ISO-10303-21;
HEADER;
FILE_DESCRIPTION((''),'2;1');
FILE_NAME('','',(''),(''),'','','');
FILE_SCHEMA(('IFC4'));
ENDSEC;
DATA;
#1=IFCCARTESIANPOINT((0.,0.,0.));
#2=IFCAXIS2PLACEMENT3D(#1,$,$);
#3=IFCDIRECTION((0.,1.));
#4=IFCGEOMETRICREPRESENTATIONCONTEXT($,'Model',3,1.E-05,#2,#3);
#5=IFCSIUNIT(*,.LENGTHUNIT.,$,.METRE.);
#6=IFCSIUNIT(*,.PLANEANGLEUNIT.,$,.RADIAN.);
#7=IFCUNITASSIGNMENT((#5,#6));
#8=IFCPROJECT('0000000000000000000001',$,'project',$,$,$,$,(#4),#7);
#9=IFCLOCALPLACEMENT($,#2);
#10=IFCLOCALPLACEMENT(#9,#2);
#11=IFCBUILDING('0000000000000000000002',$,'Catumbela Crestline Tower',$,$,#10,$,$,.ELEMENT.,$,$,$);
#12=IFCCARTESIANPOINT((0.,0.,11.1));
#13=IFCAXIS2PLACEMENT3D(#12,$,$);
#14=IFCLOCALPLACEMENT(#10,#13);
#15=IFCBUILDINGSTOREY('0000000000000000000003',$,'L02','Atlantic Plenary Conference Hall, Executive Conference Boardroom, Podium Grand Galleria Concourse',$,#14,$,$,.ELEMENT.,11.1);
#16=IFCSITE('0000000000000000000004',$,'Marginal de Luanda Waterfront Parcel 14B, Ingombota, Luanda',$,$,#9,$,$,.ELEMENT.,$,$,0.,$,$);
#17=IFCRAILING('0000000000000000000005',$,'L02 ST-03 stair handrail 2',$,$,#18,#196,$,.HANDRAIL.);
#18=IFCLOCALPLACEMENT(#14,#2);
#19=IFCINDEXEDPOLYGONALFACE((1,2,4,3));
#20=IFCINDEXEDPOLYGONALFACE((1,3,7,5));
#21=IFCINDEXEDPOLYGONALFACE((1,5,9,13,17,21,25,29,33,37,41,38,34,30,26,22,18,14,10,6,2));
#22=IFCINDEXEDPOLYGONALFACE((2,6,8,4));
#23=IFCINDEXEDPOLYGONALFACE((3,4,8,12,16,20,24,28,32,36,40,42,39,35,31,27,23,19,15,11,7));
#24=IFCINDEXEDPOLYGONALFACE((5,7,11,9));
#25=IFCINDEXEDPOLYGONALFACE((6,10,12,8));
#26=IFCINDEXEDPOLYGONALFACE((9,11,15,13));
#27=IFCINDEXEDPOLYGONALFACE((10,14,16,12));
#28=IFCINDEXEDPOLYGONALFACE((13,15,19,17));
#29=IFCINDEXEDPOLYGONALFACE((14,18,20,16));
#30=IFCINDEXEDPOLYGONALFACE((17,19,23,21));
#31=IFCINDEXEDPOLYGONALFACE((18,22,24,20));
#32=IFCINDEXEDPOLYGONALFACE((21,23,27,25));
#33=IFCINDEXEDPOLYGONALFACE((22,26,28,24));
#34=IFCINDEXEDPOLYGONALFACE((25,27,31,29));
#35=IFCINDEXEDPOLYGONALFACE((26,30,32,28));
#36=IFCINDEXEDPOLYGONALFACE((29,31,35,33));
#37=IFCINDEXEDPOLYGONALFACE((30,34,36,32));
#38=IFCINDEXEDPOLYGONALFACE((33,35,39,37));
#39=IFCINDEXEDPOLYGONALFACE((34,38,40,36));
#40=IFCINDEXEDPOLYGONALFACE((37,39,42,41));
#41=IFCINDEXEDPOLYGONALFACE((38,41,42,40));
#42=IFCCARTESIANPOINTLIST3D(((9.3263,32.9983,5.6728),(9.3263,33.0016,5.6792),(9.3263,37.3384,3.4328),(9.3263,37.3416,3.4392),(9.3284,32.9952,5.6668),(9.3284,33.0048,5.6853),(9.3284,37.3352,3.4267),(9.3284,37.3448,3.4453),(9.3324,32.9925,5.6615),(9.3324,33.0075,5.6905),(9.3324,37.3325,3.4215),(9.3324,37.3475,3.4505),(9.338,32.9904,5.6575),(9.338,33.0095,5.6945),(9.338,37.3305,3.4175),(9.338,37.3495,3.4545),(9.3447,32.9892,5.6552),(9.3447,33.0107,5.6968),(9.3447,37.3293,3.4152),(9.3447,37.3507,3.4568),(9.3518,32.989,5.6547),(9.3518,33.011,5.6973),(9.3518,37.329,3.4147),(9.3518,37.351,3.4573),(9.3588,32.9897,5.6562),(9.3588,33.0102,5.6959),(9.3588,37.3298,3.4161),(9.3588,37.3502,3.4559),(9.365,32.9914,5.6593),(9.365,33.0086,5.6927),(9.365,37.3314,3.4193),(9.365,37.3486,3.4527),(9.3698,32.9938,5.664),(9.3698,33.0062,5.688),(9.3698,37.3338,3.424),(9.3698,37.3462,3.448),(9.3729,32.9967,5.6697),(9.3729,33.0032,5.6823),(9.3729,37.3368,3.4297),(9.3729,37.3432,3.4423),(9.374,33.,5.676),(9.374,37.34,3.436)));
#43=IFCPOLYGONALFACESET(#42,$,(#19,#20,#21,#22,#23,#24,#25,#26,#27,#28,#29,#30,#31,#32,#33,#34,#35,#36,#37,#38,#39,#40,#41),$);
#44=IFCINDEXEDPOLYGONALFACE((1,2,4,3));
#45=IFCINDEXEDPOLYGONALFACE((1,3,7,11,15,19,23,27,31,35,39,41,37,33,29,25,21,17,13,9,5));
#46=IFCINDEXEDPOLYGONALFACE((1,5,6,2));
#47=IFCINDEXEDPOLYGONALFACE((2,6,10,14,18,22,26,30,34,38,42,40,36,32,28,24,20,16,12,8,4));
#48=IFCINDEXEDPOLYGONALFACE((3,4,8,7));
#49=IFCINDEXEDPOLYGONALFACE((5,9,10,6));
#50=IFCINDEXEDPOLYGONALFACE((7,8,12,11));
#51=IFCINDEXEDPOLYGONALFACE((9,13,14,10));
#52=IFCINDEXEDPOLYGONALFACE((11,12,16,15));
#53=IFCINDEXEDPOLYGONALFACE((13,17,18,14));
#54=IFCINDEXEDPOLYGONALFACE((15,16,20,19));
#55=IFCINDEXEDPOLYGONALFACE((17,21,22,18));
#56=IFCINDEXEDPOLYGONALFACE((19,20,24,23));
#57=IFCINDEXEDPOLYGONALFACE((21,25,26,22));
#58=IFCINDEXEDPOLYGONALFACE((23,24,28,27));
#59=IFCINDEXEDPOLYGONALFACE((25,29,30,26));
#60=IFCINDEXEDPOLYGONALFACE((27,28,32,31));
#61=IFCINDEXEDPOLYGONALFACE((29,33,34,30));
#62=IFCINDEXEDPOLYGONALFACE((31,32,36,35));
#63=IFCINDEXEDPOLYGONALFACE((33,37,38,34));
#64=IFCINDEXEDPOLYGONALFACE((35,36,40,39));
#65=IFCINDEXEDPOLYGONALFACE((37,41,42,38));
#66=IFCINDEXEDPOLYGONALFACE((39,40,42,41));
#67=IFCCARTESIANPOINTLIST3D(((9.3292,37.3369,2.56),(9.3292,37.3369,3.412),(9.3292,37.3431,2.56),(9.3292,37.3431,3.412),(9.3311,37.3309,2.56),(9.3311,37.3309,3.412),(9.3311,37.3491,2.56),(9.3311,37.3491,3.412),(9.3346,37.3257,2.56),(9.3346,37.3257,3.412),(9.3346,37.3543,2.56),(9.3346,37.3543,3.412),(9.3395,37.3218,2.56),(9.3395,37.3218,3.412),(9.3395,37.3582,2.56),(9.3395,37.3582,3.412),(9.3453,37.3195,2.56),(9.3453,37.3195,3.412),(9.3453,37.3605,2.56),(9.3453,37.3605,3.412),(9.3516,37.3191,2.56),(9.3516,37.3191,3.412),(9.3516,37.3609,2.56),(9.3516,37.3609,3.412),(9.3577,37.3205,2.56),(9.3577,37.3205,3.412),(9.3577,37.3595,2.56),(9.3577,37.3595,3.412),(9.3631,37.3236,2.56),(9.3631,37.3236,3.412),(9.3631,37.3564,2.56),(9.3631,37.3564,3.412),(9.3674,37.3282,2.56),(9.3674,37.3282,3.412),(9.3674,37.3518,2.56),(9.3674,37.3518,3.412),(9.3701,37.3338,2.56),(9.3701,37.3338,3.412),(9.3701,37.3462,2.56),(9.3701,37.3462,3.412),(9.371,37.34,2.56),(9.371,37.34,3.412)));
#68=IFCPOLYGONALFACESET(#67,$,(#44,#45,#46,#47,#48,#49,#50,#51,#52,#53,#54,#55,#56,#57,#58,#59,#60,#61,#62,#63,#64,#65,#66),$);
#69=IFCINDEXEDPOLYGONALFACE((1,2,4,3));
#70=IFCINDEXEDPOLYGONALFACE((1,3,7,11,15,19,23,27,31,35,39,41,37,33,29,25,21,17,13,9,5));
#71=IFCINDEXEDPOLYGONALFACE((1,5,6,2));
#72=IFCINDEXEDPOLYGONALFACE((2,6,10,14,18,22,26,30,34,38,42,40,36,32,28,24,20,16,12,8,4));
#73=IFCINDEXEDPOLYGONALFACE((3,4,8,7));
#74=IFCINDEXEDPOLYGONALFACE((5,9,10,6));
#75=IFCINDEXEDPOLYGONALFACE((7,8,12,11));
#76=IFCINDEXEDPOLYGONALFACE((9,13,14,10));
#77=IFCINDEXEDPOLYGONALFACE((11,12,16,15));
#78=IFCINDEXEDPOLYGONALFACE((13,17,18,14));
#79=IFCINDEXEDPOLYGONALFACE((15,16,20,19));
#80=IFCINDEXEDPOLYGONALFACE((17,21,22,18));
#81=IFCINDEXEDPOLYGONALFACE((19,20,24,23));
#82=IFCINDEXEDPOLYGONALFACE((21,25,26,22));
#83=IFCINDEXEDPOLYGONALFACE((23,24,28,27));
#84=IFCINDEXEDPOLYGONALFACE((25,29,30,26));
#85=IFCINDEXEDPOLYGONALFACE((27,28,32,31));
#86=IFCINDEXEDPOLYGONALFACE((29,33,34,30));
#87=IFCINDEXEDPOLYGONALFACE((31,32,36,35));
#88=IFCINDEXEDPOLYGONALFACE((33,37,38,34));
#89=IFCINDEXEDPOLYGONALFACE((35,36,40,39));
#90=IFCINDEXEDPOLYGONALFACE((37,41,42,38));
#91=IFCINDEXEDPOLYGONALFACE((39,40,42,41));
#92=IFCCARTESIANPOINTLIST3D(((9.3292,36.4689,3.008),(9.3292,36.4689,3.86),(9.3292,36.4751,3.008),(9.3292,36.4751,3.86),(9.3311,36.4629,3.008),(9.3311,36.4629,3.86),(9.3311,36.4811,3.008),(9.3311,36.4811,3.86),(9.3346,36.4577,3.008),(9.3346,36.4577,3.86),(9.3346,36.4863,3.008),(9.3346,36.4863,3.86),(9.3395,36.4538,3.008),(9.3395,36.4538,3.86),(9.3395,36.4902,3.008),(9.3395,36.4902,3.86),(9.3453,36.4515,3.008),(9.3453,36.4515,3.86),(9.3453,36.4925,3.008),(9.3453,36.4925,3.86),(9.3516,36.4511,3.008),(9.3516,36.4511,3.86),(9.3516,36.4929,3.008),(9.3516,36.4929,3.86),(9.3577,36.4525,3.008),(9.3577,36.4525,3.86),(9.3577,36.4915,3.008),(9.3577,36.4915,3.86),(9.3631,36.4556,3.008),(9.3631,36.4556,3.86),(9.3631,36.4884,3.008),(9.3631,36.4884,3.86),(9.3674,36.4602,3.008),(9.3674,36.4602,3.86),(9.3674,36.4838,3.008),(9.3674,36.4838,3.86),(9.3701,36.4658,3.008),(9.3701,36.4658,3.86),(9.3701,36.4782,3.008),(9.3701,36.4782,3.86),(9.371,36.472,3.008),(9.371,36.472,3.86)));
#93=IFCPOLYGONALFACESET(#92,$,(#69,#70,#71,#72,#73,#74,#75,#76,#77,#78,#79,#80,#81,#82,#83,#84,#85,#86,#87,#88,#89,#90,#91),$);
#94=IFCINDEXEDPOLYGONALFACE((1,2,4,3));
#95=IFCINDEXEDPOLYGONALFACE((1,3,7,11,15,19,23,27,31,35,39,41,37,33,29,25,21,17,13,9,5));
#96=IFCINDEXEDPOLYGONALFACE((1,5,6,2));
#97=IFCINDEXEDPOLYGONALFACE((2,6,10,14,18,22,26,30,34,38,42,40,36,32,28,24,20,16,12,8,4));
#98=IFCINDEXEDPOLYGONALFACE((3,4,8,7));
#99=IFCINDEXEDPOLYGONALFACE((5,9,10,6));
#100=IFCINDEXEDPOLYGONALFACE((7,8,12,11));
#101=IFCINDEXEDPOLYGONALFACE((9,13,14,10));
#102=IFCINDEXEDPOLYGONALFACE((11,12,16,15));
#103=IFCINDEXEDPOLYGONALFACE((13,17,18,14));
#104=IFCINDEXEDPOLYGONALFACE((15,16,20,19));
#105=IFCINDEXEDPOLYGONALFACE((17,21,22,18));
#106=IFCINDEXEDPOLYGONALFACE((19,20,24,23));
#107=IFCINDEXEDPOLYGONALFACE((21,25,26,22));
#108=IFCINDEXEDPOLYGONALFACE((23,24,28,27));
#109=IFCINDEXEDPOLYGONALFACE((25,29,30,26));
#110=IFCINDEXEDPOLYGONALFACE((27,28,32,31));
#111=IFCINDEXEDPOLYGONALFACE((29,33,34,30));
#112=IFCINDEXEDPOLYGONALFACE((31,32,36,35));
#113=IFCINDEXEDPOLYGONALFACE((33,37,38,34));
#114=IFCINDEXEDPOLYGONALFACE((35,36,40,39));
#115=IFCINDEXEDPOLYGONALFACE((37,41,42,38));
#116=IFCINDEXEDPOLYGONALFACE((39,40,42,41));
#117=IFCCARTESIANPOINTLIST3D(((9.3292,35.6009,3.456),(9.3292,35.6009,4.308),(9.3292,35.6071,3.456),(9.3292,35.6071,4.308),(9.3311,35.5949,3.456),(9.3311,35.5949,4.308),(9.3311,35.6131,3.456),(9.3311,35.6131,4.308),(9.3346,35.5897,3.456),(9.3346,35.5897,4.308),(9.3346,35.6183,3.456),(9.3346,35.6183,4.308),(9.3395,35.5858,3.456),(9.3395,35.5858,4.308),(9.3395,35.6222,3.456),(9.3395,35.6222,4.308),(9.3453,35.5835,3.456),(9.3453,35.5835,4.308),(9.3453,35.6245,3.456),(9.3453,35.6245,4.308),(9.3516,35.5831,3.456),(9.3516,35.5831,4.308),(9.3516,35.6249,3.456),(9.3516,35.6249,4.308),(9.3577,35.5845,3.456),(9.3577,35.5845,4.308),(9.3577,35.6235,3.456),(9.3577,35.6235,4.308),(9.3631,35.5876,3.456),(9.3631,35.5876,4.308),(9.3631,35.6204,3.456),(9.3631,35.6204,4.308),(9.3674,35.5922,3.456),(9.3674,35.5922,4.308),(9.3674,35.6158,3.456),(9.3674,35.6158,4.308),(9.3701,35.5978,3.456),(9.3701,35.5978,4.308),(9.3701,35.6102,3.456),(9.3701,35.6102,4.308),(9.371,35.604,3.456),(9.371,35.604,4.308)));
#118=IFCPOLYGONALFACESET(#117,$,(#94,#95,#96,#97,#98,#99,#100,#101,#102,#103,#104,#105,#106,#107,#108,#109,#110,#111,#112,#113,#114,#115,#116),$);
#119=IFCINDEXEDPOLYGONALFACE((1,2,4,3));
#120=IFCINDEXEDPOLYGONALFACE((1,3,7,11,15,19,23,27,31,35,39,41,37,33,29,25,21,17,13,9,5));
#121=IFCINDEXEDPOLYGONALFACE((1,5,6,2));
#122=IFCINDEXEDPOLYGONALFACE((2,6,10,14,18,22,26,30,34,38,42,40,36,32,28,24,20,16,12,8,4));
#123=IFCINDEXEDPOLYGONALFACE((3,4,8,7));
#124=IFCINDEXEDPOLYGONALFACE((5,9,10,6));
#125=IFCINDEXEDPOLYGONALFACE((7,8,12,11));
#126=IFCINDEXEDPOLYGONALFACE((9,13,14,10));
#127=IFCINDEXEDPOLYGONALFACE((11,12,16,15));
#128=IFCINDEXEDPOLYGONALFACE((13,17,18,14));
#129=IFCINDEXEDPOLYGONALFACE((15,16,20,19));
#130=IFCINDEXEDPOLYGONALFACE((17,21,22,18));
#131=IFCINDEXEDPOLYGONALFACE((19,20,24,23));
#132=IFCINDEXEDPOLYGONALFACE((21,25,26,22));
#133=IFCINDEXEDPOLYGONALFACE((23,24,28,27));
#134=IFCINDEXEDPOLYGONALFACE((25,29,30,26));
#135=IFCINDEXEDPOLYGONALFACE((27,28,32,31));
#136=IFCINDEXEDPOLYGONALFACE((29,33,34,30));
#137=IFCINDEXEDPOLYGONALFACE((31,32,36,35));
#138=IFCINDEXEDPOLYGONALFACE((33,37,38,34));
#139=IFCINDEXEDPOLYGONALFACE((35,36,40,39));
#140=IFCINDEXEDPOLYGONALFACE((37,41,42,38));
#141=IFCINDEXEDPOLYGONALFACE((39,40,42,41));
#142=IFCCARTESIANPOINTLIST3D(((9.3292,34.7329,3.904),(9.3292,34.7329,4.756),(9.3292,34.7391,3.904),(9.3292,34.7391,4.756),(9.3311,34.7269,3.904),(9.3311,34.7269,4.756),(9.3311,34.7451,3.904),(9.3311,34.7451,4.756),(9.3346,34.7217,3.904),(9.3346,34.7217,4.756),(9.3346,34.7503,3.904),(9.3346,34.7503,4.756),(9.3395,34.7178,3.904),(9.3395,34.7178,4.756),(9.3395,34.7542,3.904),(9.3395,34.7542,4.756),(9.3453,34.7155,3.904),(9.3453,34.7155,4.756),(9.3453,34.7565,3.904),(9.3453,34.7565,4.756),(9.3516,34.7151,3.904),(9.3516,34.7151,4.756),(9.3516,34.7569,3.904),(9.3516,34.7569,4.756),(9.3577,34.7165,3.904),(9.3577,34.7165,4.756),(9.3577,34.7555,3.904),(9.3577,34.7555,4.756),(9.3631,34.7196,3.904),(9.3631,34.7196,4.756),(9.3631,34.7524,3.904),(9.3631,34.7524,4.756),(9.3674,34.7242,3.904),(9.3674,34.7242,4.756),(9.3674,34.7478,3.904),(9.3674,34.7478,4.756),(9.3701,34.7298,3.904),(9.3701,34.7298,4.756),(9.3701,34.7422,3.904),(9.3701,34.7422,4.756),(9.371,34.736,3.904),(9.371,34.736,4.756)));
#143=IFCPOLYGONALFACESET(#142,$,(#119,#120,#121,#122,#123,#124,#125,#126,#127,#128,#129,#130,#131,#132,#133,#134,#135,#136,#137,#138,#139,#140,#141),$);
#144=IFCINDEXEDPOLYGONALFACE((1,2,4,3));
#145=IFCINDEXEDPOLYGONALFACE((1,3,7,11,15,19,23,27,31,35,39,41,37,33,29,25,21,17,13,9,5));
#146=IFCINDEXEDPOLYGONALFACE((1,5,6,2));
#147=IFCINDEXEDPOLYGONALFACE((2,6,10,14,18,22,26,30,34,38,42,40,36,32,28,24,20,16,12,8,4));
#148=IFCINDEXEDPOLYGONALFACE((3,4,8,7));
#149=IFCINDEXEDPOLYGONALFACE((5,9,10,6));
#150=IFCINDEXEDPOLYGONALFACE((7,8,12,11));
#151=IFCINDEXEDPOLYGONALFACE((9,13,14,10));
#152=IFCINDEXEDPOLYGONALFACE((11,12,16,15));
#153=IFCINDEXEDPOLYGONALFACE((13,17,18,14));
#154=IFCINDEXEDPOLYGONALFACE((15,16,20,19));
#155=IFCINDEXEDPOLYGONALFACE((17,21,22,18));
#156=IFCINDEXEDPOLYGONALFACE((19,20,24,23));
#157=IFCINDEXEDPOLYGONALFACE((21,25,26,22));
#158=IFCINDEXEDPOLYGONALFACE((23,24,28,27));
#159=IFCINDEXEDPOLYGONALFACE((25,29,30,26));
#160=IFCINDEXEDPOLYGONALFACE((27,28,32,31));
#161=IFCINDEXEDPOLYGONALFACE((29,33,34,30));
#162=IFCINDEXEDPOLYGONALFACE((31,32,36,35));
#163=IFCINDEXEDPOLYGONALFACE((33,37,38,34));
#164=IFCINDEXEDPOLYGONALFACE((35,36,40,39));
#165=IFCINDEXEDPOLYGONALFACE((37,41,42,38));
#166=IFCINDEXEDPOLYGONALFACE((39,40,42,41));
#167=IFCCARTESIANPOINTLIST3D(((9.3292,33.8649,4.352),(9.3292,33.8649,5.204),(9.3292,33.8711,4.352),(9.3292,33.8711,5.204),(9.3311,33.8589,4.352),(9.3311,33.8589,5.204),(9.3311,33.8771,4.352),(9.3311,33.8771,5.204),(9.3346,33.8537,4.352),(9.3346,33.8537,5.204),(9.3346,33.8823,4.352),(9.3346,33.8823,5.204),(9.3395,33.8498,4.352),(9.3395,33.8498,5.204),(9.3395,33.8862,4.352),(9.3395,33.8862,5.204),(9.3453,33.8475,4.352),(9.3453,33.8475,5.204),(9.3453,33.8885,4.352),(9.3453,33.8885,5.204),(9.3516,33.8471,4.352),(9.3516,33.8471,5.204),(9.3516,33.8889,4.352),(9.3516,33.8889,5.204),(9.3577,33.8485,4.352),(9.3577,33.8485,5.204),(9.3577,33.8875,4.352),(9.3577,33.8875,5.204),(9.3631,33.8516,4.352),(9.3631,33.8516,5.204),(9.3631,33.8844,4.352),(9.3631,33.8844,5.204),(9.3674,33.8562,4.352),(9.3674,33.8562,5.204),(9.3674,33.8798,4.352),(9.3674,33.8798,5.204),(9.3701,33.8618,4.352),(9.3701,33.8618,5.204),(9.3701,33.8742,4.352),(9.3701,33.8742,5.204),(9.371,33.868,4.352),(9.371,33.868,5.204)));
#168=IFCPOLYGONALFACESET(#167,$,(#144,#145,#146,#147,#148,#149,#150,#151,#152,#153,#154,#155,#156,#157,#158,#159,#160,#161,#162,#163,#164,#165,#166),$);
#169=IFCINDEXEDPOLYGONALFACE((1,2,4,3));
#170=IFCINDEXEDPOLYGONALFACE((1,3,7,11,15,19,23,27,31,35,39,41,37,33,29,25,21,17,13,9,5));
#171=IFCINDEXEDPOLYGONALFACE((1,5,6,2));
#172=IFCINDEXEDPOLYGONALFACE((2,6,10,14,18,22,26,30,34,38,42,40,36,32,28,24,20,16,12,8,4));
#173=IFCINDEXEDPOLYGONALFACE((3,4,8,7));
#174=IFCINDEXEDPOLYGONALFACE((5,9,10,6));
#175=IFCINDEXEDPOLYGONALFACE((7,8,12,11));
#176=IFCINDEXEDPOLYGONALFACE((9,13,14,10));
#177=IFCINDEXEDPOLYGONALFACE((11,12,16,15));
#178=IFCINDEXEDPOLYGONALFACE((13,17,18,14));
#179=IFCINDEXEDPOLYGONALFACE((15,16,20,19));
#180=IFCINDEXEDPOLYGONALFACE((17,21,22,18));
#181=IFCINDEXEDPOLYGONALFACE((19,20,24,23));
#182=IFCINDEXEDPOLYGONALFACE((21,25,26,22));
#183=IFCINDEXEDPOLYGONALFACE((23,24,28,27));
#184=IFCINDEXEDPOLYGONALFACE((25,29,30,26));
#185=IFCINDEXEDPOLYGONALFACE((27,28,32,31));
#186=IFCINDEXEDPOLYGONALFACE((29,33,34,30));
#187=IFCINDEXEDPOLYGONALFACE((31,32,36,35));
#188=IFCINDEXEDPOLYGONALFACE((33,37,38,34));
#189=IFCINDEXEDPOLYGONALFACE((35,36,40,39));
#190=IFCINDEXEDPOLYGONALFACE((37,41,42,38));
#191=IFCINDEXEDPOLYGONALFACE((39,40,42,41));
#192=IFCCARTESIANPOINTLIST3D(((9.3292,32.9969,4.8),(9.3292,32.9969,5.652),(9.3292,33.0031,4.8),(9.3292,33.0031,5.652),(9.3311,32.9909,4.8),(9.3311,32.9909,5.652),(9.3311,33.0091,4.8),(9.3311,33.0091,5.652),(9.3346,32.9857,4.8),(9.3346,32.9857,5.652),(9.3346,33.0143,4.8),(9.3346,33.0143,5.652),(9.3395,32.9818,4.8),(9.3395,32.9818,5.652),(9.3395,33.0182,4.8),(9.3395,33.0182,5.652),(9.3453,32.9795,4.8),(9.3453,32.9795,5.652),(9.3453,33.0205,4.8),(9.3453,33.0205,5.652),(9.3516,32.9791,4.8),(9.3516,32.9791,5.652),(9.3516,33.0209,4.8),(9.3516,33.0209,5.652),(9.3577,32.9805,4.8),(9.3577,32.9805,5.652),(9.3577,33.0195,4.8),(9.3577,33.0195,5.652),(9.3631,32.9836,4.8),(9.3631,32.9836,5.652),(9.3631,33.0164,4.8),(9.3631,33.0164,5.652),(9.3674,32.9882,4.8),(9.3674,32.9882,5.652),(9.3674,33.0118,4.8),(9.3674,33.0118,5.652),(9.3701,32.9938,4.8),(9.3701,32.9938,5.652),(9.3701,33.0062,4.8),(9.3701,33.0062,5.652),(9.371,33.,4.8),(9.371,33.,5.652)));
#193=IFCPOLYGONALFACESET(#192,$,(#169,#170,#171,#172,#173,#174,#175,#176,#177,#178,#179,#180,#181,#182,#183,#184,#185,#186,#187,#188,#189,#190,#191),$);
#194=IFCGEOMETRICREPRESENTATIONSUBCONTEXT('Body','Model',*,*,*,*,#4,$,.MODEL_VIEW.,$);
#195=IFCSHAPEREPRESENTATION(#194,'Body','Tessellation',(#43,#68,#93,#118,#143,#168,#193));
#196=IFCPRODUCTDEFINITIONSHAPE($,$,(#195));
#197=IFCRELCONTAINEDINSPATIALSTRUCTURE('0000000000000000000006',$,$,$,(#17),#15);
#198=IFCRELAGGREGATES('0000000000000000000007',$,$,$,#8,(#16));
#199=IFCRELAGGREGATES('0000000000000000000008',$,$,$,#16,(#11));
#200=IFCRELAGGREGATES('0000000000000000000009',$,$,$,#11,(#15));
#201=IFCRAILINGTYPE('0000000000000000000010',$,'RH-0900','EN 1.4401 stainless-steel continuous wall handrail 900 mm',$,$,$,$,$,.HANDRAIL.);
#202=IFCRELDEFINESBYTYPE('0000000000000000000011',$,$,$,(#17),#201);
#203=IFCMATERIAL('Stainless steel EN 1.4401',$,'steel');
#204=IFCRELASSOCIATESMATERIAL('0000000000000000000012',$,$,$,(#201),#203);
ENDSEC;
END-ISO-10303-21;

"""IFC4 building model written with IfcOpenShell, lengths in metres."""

from ifc_helpers import new_model, si_unit, direction, frame, origin, origin_2d, place, context, subcontext, project, spatial, circle, extrude, material, type_object, element, save


model = new_model("IFC4")

# Units and contexts
model_context = context("Model", 3, precision=1e-05, world=origin(), true_north=direction((0.0, 1.0)))
body_context = subcontext(model_context, "Body", "Model", "MODEL_VIEW")
ifc_project = project(units=[si_unit("LENGTHUNIT", "METRE"), si_unit("PLANEANGLEUNIT", "RADIAN")], contexts=[model_context])

# Site, building, storey
site_placement = place(None, origin())
site = spatial("IfcSite", under=ifc_project, at=site_placement, Name="Marginal de Luanda Waterfront Parcel 14B, Ingombota, Luanda", CompositionType="ELEMENT", RefElevation=0.0)
building_placement = place(site_placement, origin())
building = spatial("IfcBuilding", under=site, at=building_placement, Name="Catumbela Crestline Tower", CompositionType="ELEMENT")
storey_placement = place(building_placement, frame((0.0, 0.0, 11.1)))
storey = spatial("IfcBuildingStorey", under=building, at=storey_placement, Name="L02", Description="Atlantic Plenary Conference Hall, Executive Conference Boardroom, Podium Grand Galleria Concourse", CompositionType="ELEMENT", Elevation=11.1)

# Shared definitions
ifc_material_1 = material(Name="Stainless steel EN 1.4401", Category="steel")

# Railing
railing_type_1 = type_object("IfcRailingType", Name="RH-0900", Description="EN 1.4401 stainless-steel continuous wall handrail 900 mm", PredefinedType="HANDRAIL", material=ifc_material_1)
railing_1_placement = place(storey_placement, frame((9.35, 37.34, 2.56)))
element("IfcRailing", 1, at=railing_1_placement, inside=storey, type_object=railing_type_1, Name="L02 ST-03 stair handrail 2", PredefinedType="HANDRAIL", context=body_context, shape_type="SweptSolid", body=[
    extrude(circle(Radius=0.024, at=origin_2d()), frame((0.0, 0.0, 0.876), z_axis=(0.0, -0.888621, 0.458643), x_axis=(1.0, 0.0, 0.0)), (0.0, 0.0, 1.0), 4.884),
    extrude(circle(Radius=0.021, at=origin_2d()), origin(), (0.0, 0.0, 1.0), 0.852),
    extrude(circle(Radius=0.021, at=origin_2d()), frame((0.0, -0.868, 0.448)), (0.0, 0.0, 1.0), 0.852),
    extrude(circle(Radius=0.021, at=origin_2d()), frame((0.0, -1.736, 0.896)), (0.0, 0.0, 1.0), 0.852),
    extrude(circle(Radius=0.021, at=origin_2d()), frame((0.0, -2.604, 1.344)), (0.0, 0.0, 1.0), 0.852),
    extrude(circle(Radius=0.021, at=origin_2d()), frame((0.0, -3.472, 1.792)), (0.0, 0.0, 1.0), 0.852),
    extrude(circle(Radius=0.021, at=origin_2d()), frame((0.0, -4.34, 2.24)), (0.0, 0.0, 1.0), 0.852),
])

save(model, "model.ifc")
